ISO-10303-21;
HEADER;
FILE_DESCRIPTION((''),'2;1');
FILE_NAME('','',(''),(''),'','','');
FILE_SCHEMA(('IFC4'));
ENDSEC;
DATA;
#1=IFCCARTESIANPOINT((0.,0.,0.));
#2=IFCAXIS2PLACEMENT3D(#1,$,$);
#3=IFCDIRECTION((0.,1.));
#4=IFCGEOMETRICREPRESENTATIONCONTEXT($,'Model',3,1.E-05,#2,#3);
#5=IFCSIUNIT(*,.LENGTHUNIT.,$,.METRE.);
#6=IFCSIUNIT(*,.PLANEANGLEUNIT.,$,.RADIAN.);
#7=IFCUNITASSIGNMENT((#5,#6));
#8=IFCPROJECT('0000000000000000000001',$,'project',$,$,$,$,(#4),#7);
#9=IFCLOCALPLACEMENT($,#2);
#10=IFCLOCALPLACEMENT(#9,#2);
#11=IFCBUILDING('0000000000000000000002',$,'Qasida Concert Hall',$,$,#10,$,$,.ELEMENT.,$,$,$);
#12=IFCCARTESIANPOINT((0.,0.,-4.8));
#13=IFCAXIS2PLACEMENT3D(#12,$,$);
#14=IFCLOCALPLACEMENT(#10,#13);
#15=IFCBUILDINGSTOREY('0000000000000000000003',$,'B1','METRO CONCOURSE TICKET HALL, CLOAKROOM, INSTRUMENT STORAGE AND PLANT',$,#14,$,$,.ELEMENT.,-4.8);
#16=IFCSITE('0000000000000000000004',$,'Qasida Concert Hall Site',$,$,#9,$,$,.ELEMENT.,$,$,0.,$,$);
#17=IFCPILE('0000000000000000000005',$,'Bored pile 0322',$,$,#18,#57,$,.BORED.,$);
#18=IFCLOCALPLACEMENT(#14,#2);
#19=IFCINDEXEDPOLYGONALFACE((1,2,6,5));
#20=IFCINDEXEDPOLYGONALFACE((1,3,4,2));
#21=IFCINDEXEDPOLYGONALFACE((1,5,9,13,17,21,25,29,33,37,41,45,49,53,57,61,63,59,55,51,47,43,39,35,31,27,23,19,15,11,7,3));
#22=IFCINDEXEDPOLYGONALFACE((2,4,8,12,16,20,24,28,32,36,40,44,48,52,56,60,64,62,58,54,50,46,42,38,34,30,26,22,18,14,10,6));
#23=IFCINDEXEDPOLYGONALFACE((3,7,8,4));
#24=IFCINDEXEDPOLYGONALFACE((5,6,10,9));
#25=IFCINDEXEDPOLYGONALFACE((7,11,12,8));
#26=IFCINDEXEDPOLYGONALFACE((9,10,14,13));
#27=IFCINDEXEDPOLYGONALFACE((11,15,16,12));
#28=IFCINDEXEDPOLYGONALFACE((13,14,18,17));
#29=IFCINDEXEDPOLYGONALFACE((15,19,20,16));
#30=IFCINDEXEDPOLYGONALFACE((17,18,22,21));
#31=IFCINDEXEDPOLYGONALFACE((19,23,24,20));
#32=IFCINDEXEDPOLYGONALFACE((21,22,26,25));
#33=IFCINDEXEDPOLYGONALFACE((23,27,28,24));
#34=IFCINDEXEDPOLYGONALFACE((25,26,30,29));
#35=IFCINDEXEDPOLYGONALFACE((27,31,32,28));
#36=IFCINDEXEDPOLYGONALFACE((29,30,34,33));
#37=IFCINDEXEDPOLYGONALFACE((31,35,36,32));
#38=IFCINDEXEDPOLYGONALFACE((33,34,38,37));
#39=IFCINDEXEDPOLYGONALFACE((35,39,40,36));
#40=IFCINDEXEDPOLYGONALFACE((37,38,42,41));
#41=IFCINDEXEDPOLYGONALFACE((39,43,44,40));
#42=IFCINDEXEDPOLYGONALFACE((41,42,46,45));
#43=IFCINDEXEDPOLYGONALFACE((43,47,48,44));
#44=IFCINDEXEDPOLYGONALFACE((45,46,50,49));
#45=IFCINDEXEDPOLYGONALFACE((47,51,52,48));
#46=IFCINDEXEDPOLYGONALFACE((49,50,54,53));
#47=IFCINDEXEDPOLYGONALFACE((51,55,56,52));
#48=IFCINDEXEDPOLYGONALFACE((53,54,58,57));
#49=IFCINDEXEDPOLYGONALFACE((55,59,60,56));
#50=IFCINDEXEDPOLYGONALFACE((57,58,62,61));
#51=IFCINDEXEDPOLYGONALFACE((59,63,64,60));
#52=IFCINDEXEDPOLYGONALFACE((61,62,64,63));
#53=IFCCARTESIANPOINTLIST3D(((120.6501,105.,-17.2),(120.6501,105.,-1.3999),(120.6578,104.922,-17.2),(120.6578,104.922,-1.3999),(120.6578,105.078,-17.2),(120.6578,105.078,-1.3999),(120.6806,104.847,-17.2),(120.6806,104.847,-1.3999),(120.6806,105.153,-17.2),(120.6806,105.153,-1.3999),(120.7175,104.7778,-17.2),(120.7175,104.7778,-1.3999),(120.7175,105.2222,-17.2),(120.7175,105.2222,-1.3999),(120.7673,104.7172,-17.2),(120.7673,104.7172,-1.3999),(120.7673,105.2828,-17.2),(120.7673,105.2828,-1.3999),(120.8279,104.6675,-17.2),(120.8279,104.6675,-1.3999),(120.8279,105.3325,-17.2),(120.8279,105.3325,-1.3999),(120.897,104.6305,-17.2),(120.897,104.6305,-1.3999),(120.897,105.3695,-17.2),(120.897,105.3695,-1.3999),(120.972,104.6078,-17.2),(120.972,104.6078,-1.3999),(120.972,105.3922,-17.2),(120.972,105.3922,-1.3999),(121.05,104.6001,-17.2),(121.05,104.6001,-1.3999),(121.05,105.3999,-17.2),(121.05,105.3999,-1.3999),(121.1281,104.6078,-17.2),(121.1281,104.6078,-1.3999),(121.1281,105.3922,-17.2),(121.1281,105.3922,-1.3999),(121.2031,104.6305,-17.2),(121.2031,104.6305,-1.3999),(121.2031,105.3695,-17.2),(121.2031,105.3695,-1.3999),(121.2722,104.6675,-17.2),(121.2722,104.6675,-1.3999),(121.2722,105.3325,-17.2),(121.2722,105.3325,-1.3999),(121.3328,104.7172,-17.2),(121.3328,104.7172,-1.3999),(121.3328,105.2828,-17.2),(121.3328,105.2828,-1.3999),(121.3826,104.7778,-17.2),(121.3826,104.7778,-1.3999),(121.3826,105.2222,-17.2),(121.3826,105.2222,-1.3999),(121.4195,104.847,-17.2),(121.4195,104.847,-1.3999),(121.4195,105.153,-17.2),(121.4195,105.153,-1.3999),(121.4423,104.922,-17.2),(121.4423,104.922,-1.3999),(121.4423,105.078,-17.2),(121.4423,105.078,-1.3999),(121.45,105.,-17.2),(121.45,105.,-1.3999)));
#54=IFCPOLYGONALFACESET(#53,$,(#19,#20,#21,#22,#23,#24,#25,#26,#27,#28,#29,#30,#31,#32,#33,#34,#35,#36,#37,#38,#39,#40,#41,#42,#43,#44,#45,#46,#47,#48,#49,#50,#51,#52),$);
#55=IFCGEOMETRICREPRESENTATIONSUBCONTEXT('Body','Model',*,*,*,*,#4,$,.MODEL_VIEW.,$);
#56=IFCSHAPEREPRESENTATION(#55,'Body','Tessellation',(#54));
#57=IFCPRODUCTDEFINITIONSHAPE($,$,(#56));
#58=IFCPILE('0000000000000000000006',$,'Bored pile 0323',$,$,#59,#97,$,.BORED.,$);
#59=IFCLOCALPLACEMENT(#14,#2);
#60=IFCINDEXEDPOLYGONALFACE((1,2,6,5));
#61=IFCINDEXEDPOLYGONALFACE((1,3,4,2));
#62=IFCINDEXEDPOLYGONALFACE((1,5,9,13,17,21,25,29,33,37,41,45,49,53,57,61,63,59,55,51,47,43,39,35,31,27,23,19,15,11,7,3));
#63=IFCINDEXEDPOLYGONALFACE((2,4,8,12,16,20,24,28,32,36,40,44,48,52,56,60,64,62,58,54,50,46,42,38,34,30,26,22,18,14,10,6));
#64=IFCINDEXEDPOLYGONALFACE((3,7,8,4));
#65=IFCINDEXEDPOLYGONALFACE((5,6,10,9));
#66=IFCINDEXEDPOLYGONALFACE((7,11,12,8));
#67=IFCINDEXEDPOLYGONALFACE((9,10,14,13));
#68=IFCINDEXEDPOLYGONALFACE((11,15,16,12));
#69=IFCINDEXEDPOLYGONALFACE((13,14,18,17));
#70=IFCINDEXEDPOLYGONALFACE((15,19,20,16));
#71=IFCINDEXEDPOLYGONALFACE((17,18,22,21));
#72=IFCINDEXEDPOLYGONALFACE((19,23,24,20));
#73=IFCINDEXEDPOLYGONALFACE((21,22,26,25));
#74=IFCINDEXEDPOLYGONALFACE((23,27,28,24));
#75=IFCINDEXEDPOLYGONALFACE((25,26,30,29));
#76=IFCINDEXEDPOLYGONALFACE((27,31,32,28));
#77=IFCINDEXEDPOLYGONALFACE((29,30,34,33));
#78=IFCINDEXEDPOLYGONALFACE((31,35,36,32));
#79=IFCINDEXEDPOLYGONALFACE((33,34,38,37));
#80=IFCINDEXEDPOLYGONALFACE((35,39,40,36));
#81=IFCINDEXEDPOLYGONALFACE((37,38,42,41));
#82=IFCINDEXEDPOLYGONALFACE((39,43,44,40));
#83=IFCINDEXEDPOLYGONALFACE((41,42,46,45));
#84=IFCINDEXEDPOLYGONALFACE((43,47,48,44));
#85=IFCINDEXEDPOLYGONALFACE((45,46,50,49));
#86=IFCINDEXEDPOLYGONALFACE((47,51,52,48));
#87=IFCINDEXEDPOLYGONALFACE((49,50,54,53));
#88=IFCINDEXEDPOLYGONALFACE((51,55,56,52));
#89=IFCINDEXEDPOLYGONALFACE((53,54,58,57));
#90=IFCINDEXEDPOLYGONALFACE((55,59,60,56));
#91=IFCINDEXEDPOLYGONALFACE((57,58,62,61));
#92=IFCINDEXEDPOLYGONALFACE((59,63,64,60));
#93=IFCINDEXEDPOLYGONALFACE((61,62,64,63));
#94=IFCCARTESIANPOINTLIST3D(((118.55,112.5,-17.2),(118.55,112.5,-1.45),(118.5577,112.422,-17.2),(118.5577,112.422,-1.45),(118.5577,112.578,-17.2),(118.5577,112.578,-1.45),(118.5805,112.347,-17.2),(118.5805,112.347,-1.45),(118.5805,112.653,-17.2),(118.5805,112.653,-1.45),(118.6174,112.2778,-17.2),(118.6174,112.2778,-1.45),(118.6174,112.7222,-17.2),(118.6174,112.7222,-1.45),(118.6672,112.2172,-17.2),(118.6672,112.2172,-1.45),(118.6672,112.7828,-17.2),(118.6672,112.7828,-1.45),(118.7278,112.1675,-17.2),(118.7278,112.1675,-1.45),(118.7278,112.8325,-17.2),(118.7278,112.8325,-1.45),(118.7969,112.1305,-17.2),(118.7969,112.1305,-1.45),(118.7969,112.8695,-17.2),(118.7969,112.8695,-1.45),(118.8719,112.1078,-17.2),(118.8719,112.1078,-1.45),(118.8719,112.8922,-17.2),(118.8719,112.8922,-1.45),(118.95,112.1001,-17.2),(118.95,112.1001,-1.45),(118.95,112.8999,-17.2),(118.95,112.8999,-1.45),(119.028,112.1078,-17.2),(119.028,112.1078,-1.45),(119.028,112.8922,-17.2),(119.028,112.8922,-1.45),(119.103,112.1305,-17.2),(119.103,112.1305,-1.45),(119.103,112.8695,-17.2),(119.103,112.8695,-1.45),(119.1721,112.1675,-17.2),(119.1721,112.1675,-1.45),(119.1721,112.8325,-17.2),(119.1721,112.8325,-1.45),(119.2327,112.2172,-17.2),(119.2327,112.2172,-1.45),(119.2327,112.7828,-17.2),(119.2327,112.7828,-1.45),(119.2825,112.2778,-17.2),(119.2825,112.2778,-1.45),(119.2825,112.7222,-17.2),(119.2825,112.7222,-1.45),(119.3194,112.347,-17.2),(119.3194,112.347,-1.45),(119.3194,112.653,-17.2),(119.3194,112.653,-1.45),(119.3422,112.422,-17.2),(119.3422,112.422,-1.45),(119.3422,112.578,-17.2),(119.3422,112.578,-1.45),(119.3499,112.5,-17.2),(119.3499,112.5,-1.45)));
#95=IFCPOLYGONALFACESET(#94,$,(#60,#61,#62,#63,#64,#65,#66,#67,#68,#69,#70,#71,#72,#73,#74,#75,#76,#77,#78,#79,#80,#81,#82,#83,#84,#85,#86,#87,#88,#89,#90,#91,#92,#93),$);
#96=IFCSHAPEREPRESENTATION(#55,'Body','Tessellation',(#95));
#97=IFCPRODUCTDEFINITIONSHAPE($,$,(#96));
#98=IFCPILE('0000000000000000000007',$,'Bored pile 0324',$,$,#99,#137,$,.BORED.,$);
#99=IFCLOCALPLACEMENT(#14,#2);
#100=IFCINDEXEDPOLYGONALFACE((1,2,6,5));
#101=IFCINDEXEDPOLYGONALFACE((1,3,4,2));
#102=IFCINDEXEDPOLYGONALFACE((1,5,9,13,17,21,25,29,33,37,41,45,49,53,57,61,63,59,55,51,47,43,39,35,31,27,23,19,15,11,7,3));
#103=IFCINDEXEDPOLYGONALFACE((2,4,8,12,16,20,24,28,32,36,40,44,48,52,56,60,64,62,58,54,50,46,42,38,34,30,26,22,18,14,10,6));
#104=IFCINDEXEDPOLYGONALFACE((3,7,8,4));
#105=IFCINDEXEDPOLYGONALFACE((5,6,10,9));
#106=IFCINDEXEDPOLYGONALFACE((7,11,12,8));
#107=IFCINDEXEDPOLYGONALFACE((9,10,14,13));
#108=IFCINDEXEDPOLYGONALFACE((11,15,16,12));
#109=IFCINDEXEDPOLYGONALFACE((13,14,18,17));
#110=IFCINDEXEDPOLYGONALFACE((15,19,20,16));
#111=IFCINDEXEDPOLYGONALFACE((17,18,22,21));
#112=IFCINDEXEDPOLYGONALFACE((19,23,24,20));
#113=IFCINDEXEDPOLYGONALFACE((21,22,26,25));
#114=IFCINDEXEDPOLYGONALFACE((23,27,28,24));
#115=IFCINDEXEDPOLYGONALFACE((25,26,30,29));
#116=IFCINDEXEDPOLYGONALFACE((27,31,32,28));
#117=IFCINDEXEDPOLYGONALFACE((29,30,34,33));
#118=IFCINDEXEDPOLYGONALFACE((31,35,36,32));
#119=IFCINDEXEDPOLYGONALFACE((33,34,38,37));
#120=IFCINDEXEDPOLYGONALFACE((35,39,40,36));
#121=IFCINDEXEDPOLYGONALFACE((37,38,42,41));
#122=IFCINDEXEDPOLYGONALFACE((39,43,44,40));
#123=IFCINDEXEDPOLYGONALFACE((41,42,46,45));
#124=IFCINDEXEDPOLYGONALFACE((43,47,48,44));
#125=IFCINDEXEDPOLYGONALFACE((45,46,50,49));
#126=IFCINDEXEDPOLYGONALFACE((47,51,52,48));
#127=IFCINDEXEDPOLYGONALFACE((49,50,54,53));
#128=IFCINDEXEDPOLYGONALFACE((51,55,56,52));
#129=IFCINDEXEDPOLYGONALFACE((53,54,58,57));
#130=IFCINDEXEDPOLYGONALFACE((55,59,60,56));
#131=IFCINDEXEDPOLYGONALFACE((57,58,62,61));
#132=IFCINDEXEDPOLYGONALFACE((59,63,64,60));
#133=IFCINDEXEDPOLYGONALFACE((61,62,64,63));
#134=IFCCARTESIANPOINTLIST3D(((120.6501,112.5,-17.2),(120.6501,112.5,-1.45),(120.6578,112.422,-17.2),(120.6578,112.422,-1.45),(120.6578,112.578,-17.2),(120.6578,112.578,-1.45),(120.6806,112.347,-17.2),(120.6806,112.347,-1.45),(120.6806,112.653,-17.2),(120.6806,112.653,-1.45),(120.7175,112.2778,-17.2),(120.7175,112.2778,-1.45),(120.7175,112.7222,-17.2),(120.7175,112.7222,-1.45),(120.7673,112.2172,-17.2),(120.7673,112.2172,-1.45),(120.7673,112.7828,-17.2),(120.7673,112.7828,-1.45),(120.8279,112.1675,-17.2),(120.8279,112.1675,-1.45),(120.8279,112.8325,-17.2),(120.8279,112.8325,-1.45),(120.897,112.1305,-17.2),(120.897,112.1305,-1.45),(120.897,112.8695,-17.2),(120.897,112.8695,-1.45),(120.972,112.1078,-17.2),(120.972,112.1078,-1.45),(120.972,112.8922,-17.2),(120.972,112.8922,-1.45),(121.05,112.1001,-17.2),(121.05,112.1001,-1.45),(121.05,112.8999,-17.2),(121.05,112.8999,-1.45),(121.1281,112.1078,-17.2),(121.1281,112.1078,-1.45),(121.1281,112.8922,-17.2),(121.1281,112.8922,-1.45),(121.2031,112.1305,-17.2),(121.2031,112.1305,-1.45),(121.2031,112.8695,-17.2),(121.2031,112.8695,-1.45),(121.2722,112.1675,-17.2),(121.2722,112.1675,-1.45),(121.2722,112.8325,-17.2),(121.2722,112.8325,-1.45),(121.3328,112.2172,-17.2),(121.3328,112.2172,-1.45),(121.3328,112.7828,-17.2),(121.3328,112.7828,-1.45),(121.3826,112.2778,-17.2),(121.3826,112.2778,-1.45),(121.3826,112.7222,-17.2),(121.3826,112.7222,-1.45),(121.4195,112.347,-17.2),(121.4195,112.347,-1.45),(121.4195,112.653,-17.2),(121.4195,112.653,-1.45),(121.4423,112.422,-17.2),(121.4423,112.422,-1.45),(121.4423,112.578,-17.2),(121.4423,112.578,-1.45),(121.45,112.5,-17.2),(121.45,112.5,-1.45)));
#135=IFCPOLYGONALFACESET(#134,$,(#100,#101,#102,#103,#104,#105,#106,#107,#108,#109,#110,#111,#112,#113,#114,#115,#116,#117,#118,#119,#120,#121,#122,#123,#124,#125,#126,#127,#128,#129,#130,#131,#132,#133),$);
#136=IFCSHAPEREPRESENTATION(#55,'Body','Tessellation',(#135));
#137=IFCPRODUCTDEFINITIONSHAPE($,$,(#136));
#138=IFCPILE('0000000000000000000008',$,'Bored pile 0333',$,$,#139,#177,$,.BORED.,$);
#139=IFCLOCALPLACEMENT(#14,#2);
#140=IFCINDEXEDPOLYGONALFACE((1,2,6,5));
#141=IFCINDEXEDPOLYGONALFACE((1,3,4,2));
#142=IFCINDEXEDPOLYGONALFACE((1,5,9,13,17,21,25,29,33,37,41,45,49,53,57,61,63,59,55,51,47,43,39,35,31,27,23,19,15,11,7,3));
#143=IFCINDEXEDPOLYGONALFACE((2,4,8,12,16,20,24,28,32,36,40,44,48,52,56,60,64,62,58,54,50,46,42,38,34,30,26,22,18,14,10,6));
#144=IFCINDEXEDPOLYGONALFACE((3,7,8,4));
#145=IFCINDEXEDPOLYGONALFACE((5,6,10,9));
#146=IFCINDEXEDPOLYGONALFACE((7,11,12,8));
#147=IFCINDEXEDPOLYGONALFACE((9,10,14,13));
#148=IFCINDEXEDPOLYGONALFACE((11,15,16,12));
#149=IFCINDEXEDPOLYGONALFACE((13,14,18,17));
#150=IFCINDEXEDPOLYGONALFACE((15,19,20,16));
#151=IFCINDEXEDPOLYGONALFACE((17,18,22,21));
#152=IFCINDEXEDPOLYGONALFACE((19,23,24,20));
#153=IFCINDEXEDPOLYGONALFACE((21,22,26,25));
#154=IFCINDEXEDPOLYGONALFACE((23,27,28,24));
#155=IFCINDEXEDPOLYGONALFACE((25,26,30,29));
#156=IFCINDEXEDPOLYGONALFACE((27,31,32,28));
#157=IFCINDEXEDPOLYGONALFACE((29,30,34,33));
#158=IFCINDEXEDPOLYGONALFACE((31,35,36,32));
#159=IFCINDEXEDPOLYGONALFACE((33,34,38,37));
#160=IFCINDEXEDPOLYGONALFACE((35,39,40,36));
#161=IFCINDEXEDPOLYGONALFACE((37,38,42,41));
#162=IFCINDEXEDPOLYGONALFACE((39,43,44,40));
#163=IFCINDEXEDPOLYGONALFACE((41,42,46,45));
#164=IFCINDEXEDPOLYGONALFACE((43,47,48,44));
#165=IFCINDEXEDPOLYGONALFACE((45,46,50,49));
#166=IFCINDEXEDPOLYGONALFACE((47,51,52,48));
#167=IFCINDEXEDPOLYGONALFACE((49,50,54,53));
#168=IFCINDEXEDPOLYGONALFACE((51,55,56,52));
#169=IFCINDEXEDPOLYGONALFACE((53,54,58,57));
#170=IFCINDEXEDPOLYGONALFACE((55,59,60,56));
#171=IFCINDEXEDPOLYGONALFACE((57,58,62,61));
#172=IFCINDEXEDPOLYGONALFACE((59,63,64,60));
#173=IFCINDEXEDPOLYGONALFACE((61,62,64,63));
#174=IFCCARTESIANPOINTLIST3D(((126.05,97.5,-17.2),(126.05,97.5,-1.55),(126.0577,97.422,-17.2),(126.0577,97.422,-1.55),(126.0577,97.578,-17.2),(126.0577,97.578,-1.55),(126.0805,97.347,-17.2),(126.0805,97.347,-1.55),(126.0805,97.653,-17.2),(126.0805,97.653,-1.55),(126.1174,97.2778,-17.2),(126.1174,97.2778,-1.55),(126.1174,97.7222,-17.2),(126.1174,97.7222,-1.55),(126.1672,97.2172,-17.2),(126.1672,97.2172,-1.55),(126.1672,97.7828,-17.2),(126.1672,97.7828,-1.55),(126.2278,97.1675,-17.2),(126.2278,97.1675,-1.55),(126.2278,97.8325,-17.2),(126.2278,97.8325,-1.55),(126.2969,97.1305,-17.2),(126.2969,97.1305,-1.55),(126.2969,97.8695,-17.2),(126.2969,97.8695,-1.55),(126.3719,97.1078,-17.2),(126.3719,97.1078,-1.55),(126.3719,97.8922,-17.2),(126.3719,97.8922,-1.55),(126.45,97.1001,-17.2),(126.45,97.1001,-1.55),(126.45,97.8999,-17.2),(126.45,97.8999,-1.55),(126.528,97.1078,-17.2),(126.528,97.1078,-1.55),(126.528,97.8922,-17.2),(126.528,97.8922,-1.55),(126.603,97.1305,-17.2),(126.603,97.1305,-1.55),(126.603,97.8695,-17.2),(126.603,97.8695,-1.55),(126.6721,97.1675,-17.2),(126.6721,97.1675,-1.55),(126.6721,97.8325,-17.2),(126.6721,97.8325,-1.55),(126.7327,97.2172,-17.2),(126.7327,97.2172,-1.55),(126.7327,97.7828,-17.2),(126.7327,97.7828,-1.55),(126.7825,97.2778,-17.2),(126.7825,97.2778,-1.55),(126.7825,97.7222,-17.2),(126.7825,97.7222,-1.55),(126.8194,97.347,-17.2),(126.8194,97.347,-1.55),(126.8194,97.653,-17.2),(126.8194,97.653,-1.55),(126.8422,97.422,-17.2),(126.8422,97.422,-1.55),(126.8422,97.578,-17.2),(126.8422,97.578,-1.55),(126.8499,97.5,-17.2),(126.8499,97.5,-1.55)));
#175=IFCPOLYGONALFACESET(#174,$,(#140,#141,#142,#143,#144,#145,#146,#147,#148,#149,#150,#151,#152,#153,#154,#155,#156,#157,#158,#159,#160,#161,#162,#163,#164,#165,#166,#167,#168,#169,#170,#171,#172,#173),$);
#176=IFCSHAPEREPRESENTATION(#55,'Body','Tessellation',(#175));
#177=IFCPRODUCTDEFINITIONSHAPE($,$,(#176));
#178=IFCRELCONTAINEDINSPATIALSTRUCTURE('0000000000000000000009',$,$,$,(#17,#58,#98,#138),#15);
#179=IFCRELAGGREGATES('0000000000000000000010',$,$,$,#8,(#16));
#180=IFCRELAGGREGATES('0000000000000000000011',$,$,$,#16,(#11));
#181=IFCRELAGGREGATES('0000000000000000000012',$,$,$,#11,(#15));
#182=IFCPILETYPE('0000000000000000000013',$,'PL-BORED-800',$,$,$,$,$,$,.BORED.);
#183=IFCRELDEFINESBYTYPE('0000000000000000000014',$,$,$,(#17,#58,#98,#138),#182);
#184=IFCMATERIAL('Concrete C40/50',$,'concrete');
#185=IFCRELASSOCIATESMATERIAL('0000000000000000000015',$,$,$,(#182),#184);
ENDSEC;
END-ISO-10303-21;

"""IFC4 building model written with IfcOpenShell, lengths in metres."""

from ifc_helpers import new_model, si_unit, direction, frame, origin, origin_2d, place, context, subcontext, project, spatial, circle, extrude, material, material_profile, profile_set, type_object, element, save


model = new_model("IFC4")

# Units and contexts
model_context = context("Model", 3, precision=1e-05, world=origin(), true_north=direction((0.0, 1.0)))
body_context = subcontext(model_context, "Body", "Model", "MODEL_VIEW")
ifc_project = project(units=[si_unit("LENGTHUNIT", "METRE"), si_unit("PLANEANGLEUNIT", "RADIAN")], contexts=[model_context])

# Site, building, storey
site_placement = place(None, origin())
site = spatial("IfcSite", under=ifc_project, at=site_placement, Name="Qasida Concert Hall Site", CompositionType="ELEMENT", RefElevation=0.0)
building_placement = place(site_placement, origin())
building = spatial("IfcBuilding", under=site, at=building_placement, Name="Qasida Concert Hall", CompositionType="ELEMENT")
storey_placement = place(building_placement, frame((0.0, 0.0, -4.8)))
storey = spatial("IfcBuildingStorey", under=building, at=storey_placement, Name="B1", Description="METRO CONCOURSE TICKET HALL, CLOAKROOM, INSTRUMENT STORAGE AND PLANT", CompositionType="ELEMENT", Elevation=-4.8)

# Shared definitions
ifc_material_1 = material(Name="Concrete C40/50", Category="concrete")

# Piles
ifc_material_profile_1 = material_profile(ifc_material_1, circle(Radius=0.3999, at=origin_2d()), Name="BORED PILE D800")
ifc_profile_set_1 = profile_set([ifc_material_profile_1], Name="Concrete C40/50")
pile_type = type_object("IfcPileType", Name="PL-BORED-800", PredefinedType="BORED", material=ifc_profile_set_1)
for number, where, z_axis, x_axis, name in (
    (1, (121.05, 105.0, -1.3999), (0.0, 0.0, -1.0), (1.0, 0.0, 0.0), "Bored pile 0322"),
):
    element("IfcPile", number, at=place(storey_placement, frame(where, z_axis=z_axis, x_axis=x_axis)), inside=storey, type_object=pile_type, Name=name, PredefinedType="BORED", context=body_context, shape_type="SweptSolid", body=[
        extrude(circle(Radius=0.3999, at=origin_2d()), origin(), (0.0, 0.0, 1.0), 15.8),
    ])
for number, where, z_axis, x_axis, name in (
    (2, (118.95, 112.5, -1.45), (0.0, 0.0, -1.0), (1.0, 0.0, 0.0), "Bored pile 0323"),
    (3, (121.05, 112.5, -1.45), (0.0, 0.0, -1.0), (1.0, 0.0, 0.0), "Bored pile 0324"),
):
    element("IfcPile", number, at=place(storey_placement, frame(where, z_axis=z_axis, x_axis=x_axis)), inside=storey, type_object=pile_type, Name=name, PredefinedType="BORED", context=body_context, shape_type="SweptSolid", body=[
        extrude(circle(Radius=0.3999, at=origin_2d()), origin(), (0.0, 0.0, 1.0), 15.75),
    ])
for number, where, z_axis, x_axis, name in (
    (4, (126.45, 97.5, -1.55), (0.0, 0.0, -1.0), (1.0, 0.0, 0.0), "Bored pile 0333"),
):
    element("IfcPile", number, at=place(storey_placement, frame(where, z_axis=z_axis, x_axis=x_axis)), inside=storey, type_object=pile_type, Name=name, PredefinedType="BORED", context=body_context, shape_type="SweptSolid", body=[
        extrude(circle(Radius=0.3999, at=origin_2d()), origin(), (0.0, 0.0, 1.0), 15.6499),
    ])

save(model, "model.ifc")
